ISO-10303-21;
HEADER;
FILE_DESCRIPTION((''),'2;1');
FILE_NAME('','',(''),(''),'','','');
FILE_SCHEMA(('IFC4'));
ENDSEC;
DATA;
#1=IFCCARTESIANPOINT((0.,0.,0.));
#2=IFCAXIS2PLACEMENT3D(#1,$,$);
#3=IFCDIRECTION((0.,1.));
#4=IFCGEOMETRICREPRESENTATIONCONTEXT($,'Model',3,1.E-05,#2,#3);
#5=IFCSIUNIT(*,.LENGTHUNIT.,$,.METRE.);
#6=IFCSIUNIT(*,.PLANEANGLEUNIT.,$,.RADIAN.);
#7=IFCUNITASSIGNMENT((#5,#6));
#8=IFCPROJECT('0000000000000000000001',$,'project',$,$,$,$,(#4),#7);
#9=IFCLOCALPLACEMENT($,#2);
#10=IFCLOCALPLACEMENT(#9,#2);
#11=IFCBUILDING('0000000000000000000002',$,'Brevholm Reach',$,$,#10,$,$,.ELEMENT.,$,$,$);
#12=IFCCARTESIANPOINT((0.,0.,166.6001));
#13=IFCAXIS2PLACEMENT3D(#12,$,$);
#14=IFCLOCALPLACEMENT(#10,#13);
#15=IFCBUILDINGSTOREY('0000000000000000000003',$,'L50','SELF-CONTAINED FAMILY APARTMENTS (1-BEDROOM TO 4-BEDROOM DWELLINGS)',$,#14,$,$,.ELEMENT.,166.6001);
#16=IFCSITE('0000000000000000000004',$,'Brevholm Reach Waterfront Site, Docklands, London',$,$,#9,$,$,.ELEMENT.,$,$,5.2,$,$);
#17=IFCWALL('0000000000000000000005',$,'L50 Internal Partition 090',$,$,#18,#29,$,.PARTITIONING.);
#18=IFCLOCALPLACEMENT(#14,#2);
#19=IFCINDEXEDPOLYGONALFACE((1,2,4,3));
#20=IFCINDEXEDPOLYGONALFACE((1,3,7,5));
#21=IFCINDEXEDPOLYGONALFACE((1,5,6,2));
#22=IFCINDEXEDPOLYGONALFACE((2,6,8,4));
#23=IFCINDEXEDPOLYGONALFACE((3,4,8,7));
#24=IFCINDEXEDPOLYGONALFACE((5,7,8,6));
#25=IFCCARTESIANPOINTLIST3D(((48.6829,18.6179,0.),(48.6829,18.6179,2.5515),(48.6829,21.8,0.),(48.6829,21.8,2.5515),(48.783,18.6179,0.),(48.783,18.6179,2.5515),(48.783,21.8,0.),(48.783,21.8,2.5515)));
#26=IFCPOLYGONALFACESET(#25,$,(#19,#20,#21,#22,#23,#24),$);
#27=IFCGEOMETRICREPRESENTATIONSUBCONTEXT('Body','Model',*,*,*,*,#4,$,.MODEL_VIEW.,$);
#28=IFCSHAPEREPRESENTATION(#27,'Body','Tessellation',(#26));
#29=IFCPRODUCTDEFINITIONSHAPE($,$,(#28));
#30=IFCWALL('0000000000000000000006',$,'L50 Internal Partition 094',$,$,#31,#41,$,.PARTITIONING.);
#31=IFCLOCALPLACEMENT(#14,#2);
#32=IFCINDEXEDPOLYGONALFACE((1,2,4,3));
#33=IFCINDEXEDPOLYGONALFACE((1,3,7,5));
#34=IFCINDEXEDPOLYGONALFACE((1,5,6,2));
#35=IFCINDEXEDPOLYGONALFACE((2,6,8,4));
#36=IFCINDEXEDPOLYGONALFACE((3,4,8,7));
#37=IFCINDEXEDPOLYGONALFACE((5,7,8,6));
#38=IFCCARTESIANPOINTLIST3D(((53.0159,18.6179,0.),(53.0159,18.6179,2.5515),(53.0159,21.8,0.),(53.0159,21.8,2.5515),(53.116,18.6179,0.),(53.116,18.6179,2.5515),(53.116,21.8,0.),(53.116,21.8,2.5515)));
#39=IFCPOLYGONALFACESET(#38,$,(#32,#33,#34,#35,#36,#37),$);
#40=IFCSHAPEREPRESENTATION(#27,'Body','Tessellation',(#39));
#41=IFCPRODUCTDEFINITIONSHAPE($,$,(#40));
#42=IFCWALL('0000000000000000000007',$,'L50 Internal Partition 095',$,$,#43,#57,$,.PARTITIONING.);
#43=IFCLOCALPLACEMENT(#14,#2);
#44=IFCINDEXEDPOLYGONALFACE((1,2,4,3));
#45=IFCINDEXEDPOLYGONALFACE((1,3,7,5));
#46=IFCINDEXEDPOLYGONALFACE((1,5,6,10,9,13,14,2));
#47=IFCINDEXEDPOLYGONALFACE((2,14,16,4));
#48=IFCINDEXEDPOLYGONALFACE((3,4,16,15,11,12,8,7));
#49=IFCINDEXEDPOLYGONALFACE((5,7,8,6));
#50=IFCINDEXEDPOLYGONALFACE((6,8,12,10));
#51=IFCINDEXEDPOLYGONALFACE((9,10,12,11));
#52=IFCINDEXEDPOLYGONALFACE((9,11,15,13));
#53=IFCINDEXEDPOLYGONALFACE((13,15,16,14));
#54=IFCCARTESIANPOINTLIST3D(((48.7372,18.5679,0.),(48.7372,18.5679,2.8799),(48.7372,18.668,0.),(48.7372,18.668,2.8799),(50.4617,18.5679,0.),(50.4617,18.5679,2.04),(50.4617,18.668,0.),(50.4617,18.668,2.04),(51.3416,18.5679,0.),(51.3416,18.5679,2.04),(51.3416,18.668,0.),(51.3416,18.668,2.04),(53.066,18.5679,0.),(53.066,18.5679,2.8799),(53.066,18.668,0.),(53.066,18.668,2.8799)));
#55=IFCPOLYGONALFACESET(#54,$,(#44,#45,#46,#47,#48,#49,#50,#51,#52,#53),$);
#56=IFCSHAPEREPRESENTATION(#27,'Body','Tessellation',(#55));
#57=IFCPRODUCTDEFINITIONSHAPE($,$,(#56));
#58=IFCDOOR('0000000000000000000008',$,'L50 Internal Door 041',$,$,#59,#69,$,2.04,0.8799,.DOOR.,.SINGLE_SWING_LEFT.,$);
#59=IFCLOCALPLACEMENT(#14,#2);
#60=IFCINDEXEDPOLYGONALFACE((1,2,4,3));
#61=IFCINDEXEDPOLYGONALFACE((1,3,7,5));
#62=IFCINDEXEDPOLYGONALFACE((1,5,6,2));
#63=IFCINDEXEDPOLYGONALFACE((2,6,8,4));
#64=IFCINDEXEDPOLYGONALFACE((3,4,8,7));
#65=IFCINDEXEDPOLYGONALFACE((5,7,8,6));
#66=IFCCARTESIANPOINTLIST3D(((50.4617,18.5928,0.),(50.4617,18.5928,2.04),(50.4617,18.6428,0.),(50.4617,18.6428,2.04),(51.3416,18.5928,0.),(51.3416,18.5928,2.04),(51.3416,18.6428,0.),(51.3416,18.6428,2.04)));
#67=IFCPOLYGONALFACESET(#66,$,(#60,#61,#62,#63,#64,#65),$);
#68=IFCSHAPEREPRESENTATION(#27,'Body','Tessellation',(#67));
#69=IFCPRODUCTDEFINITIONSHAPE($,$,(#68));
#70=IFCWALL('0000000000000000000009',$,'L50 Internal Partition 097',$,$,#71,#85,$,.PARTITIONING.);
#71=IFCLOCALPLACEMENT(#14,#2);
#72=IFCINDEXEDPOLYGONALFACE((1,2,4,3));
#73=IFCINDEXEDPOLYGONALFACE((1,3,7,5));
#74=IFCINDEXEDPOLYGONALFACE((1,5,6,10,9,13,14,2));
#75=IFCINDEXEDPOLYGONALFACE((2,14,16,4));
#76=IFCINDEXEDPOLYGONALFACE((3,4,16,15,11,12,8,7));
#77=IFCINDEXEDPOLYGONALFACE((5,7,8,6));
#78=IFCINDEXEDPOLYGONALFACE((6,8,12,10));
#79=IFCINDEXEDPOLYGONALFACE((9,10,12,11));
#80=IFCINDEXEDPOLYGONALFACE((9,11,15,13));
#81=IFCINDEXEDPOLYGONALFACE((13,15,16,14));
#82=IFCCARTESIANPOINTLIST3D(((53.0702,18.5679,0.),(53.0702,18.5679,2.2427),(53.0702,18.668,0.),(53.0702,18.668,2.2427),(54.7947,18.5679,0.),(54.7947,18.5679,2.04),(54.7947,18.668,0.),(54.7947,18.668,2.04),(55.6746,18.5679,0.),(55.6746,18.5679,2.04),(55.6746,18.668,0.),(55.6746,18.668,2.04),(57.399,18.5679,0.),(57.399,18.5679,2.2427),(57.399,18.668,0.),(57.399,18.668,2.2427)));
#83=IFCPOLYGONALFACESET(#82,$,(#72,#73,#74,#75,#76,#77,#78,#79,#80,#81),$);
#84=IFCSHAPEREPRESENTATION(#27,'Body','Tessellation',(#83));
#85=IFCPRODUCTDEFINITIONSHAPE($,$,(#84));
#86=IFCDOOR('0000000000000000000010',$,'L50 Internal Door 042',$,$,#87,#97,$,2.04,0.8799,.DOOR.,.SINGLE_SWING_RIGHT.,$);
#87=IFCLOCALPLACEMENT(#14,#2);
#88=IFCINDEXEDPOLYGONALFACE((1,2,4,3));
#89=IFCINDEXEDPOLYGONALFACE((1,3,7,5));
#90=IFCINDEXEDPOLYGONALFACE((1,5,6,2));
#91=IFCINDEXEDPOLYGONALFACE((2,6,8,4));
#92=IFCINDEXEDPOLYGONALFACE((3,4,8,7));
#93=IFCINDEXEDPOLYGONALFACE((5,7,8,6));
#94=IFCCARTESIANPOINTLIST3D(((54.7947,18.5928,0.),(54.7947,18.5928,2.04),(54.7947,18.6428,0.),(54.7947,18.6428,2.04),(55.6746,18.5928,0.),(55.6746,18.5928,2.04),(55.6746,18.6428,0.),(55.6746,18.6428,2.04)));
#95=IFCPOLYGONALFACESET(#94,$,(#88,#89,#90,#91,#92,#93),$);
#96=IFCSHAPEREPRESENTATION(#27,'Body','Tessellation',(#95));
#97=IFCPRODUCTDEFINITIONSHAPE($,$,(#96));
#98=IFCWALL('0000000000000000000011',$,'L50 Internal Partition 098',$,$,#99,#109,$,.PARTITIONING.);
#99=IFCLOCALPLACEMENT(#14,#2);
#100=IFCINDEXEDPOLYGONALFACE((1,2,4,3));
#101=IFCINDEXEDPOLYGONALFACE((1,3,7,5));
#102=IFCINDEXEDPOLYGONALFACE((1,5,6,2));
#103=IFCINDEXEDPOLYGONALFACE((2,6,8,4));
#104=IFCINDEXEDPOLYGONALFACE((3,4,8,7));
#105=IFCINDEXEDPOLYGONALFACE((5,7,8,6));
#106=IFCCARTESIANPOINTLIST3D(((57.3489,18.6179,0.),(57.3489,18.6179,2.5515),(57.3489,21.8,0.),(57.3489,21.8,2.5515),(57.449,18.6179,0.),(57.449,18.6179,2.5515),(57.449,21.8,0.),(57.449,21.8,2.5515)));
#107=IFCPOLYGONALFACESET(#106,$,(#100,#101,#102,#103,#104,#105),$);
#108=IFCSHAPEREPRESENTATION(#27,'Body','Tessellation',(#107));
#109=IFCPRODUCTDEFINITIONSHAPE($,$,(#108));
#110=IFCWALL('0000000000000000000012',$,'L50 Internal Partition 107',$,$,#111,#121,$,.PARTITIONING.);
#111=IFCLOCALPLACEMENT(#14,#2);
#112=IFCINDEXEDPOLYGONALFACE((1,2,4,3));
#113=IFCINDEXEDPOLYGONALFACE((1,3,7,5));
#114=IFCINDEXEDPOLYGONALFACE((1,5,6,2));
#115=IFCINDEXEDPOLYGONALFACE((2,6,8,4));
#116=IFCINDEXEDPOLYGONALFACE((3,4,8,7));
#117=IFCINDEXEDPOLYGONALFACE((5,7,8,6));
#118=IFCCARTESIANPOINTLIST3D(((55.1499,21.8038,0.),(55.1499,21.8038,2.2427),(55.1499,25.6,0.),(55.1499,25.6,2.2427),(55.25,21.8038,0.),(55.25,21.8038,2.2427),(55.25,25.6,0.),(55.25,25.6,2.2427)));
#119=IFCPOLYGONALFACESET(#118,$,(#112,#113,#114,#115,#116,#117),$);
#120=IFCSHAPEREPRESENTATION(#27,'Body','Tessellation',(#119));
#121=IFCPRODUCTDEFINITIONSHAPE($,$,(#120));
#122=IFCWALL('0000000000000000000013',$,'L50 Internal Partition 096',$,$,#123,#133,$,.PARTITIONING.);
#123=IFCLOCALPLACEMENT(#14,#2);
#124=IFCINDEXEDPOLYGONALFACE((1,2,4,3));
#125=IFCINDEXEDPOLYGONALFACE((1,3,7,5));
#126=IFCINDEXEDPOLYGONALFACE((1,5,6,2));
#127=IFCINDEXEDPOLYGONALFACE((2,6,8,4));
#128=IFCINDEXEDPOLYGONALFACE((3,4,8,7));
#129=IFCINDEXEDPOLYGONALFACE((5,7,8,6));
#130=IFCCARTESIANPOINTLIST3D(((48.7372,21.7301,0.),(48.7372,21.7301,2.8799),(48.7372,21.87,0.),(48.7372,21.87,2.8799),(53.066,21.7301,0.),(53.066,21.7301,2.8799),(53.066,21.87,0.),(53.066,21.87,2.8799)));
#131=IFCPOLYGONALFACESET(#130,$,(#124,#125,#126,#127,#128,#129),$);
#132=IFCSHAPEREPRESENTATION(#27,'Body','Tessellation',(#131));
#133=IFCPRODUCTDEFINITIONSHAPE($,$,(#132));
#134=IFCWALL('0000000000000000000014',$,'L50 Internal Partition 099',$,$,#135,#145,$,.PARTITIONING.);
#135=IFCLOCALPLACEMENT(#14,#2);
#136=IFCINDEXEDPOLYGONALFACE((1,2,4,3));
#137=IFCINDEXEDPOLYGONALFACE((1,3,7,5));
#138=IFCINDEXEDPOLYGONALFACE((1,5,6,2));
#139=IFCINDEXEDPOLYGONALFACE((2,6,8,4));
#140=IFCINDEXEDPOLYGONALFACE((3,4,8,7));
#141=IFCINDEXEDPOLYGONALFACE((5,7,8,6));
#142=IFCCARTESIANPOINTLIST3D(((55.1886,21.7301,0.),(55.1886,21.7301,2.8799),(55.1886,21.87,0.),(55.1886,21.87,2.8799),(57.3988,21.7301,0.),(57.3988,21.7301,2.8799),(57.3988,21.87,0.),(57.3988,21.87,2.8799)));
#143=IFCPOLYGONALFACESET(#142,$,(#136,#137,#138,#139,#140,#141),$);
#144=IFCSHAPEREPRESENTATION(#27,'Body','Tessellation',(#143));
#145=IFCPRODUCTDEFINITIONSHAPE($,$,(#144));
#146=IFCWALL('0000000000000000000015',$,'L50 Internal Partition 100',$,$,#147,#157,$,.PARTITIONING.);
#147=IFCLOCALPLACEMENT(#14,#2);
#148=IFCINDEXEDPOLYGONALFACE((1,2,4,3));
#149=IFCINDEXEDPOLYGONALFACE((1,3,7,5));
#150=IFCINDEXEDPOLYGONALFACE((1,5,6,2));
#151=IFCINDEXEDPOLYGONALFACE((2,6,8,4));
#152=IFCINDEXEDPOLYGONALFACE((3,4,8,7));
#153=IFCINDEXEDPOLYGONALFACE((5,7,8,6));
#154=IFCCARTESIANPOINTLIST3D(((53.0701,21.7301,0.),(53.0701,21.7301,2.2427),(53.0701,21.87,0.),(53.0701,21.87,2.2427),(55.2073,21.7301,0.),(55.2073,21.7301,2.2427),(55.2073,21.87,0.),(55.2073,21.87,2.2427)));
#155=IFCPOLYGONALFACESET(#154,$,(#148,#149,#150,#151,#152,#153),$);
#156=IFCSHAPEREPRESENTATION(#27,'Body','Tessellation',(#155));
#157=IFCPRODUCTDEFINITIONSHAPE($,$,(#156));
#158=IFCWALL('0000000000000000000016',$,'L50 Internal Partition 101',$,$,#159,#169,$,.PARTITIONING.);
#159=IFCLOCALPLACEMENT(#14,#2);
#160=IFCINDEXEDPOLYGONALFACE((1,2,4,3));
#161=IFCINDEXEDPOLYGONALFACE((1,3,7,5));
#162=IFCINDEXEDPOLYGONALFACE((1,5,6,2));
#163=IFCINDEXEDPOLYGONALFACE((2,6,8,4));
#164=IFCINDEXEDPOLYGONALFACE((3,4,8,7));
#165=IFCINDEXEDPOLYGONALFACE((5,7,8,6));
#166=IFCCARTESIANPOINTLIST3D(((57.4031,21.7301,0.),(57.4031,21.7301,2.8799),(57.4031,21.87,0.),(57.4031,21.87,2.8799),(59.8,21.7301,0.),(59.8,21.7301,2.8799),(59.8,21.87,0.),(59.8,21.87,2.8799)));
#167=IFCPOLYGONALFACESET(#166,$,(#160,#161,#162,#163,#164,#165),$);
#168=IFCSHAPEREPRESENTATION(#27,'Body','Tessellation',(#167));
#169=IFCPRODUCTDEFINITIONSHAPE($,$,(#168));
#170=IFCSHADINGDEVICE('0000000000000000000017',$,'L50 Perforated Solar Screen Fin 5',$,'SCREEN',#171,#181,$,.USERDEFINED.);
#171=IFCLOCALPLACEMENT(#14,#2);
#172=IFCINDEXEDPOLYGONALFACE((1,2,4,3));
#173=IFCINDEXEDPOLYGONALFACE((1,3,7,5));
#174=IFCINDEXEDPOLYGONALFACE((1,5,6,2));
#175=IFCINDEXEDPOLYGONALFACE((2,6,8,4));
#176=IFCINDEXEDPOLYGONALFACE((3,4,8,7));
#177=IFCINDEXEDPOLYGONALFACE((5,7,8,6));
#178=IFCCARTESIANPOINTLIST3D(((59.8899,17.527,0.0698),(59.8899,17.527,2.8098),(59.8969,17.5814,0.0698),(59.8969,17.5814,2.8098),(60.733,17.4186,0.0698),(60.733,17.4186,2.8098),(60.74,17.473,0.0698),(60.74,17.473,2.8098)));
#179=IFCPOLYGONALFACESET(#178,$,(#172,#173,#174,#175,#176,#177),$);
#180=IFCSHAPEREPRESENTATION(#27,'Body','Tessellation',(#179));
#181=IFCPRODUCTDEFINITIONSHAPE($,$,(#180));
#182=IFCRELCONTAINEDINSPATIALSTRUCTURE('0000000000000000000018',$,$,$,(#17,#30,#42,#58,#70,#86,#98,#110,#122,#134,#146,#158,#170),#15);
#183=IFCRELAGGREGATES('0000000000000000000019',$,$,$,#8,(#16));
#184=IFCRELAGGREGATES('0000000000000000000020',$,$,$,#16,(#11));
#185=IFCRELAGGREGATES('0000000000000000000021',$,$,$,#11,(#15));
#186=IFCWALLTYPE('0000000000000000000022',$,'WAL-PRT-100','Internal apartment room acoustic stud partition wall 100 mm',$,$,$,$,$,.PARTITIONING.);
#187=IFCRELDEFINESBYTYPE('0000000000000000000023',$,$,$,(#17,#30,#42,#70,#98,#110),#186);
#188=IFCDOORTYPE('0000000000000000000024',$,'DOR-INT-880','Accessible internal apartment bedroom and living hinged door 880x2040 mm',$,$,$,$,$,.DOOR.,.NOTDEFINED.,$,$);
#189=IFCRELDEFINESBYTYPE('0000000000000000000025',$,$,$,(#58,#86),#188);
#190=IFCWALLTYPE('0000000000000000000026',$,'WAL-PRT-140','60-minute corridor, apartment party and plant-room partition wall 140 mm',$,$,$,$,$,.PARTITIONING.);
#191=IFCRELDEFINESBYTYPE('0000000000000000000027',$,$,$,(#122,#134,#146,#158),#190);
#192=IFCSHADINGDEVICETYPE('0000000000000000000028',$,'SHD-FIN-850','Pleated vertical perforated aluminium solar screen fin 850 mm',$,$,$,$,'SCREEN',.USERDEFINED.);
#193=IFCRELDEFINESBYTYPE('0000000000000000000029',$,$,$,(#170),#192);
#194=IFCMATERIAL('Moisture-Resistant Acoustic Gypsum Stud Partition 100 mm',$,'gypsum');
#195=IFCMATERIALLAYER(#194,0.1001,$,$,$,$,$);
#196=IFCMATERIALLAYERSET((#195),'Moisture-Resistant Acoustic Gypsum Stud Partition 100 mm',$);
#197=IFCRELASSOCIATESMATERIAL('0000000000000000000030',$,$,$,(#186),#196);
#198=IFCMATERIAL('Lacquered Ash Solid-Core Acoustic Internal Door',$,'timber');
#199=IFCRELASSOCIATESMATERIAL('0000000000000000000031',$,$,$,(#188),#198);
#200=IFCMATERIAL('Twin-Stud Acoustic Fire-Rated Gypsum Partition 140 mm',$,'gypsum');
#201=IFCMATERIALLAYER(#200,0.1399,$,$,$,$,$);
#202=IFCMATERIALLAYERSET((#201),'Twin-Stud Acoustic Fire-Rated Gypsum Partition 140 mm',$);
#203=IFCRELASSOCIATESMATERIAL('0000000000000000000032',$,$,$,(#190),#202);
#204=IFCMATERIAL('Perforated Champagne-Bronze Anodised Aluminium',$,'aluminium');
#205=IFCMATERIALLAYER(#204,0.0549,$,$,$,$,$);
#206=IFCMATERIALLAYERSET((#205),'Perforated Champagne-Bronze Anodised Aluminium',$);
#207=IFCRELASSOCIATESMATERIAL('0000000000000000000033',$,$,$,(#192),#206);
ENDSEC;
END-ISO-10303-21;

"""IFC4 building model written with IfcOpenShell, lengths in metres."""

from ifc_helpers import new_model, si_unit, direction, frame, frame_2d, origin, origin_2d, place, context, subcontext, project, spatial, rectangle, extrude, material, layer, layer_set, type_object, element, fill, save


model = new_model("IFC4")

# Units and contexts
model_context = context("Model", 3, precision=1e-05, world=origin(), true_north=direction((0.0, 1.0)))
body_context = subcontext(model_context, "Body", "Model", "MODEL_VIEW")
ifc_project = project(units=[si_unit("LENGTHUNIT", "METRE"), si_unit("PLANEANGLEUNIT", "RADIAN")], contexts=[model_context])

# Site, building, storey
site_placement = place(None, origin())
site = spatial("IfcSite", under=ifc_project, at=site_placement, Name="Brevholm Reach Waterfront Site, Docklands, London", CompositionType="ELEMENT", RefElevation=5.2)
building_placement = place(site_placement, origin())
building = spatial("IfcBuilding", under=site, at=building_placement, Name="Brevholm Reach", CompositionType="ELEMENT")
storey_placement = place(building_placement, frame((0.0, 0.0, 166.6001)))
storey = spatial("IfcBuildingStorey", under=building, at=storey_placement, Name="L50", Description="SELF-CONTAINED FAMILY APARTMENTS (1-BEDROOM TO 4-BEDROOM DWELLINGS)", CompositionType="ELEMENT", Elevation=166.6001)

# Walls
ifc_material_1 = material(Name="Moisture-Resistant Acoustic Gypsum Stud Partition 100 mm", Category="gypsum")
ifc_layer_1 = layer(ifc_material_1, 0.1001)
ifc_layer_set_1 = layer_set([ifc_layer_1], Name="Moisture-Resistant Acoustic Gypsum Stud Partition 100 mm")
wall_type_1 = type_object("IfcWallType", Name="WAL-PRT-100", Description="Internal apartment room acoustic stud partition wall 100 mm", PredefinedType="PARTITIONING", material=ifc_layer_set_1)
for number, where, z_axis, x_axis, name in (
    (1, (48.7329, 18.6179, 0.0), (0.0, 0.0, 1.0), (0.0, 1.0, 0.0), "L50 Internal Partition 090"),
    (2, (53.0659, 18.6179, 0.0), (0.0, 0.0, 1.0), (0.0, 1.0, 0.0), "L50 Internal Partition 094"),
):
    element("IfcWall", number, at=place(storey_placement, frame(where, z_axis=z_axis, x_axis=x_axis)), inside=storey, type_object=wall_type_1, Name=name, PredefinedType="PARTITIONING", context=body_context, shape_type="SweptSolid", body=[
        extrude(rectangle(XDim=3.1821, YDim=0.1001, at=frame_2d((1.5911, 0.0))), origin(), (0.0, 0.0, 1.0), 2.5515),
    ])

# Walls, openings, doors
wall_1_placement = place(storey_placement, frame((48.7371, 18.6179, 0.0), z_axis=(0.0, 0.0, 1.0), x_axis=(1.0, 0.0, 0.0)))
wall_1 = element("IfcWall", 3, at=wall_1_placement, inside=storey, type_object=wall_type_1, Name="L50 Internal Partition 095", PredefinedType="PARTITIONING", context=body_context, shape_type="SweptSolid", body=[
    extrude(rectangle(XDim=4.3289, YDim=0.1001, at=frame_2d((2.1646, 0.0))), origin(), (0.0, 0.0, 1.0), 2.8799),
])
opening_1_placement = place(wall_1_placement, frame((1.7246, 0.0, 0.0)))
opening_1 = element("IfcOpeningElement", 4, at=opening_1_placement, cuts=wall_1, PredefinedType="OPENING", context=body_context, shape_type="SweptSolid", body=[
    extrude(rectangle(XDim=0.8799, YDim=2.04, at=frame_2d((0.4399, 1.02))), frame((0.0, 0.0601, 0.0), z_axis=(0.0, -1.0, 0.0), x_axis=(1.0, 0.0, 0.0)), (0.0, 0.0, 1.0), 0.1201),
])
ifc_material_2 = material(Name="Lacquered Ash Solid-Core Acoustic Internal Door", Category="timber")
door_type = type_object("IfcDoorType", Name="DOR-INT-880", Description="Accessible internal apartment bedroom and living hinged door 880x2040 mm", OperationType="NOTDEFINED", PredefinedType="DOOR", material=ifc_material_2)
door_1_placement = place(opening_1_placement, origin())
door_1 = element("IfcDoor", 5, at=door_1_placement, inside=storey, type_object=door_type, Name="L50 Internal Door 041", OperationType="SINGLE_SWING_LEFT", OverallHeight=2.04, OverallWidth=0.8799, PredefinedType="DOOR", context=body_context, shape_type="SweptSolid", body=[
    extrude(rectangle(XDim=0.8799, YDim=2.04, at=frame_2d((0.4399, 1.02))), frame((0.0, 0.0249, 0.0), z_axis=(0.0, -1.0, 0.0), x_axis=(1.0, 0.0, 0.0)), (0.0, 0.0, 1.0), 0.05),
])
fill(opening_1, door_1)
wall_2_placement = place(storey_placement, frame((53.0701, 18.6179, 0.0), z_axis=(0.0, 0.0, 1.0), x_axis=(1.0, 0.0, 0.0)))
wall_2 = element("IfcWall", 6, at=wall_2_placement, inside=storey, type_object=wall_type_1, Name="L50 Internal Partition 097", PredefinedType="PARTITIONING", context=body_context, shape_type="SweptSolid", body=[
    extrude(rectangle(XDim=4.3289, YDim=0.1001, at=frame_2d((2.1646, 0.0))), origin(), (0.0, 0.0, 1.0), 2.2427),
])
opening_2_placement = place(wall_2_placement, frame((1.7246, 0.0, 0.0)))
opening_2 = element("IfcOpeningElement", 7, at=opening_2_placement, cuts=wall_2, PredefinedType="OPENING", context=body_context, shape_type="SweptSolid", body=[
    extrude(rectangle(XDim=0.8799, YDim=2.04, at=frame_2d((0.4399, 1.02))), frame((0.0, 0.0601, 0.0), z_axis=(0.0, -1.0, 0.0), x_axis=(1.0, 0.0, 0.0)), (0.0, 0.0, 1.0), 0.1201),
])
door_2_placement = place(opening_2_placement, origin())
door_2 = element("IfcDoor", 8, at=door_2_placement, inside=storey, type_object=door_type, Name="L50 Internal Door 042", OperationType="SINGLE_SWING_RIGHT", OverallHeight=2.04, OverallWidth=0.8799, PredefinedType="DOOR", context=body_context, shape_type="SweptSolid", body=[
    extrude(rectangle(XDim=0.8799, YDim=2.04, at=frame_2d((0.4399, 1.02))), frame((0.0, 0.0249, 0.0), z_axis=(0.0, -1.0, 0.0), x_axis=(1.0, 0.0, 0.0)), (0.0, 0.0, 1.0), 0.05),
])
fill(opening_2, door_2)

# Walls
wall_3_placement = place(storey_placement, frame((57.3989, 18.6179, 0.0), z_axis=(0.0, 0.0, 1.0), x_axis=(0.0, 1.0, 0.0)))
element("IfcWall", 9, at=wall_3_placement, inside=storey, type_object=wall_type_1, Name="L50 Internal Partition 098", PredefinedType="PARTITIONING", context=body_context, shape_type="SweptSolid", body=[
    extrude(rectangle(XDim=3.1821, YDim=0.1001, at=frame_2d((1.5911, 0.0))), origin(), (0.0, 0.0, 1.0), 2.5515),
])
wall_4_placement = place(storey_placement, frame((55.2, 21.804, 0.0), z_axis=(0.0, 0.0, 1.0), x_axis=(0.0, 1.0, 0.0)))
element("IfcWall", 10, at=wall_4_placement, inside=storey, type_object=wall_type_1, Name="L50 Internal Partition 107", PredefinedType="PARTITIONING", context=body_context, shape_type="SweptSolid", body=[
    extrude(rectangle(XDim=3.7961, YDim=0.1001, at=frame_2d((1.8979, 0.0))), origin(), (0.0, 0.0, 1.0), 2.2427),
])
ifc_material_3 = material(Name="Twin-Stud Acoustic Fire-Rated Gypsum Partition 140 mm", Category="gypsum")
ifc_layer_2 = layer(ifc_material_3, 0.1399)
ifc_layer_set_2 = layer_set([ifc_layer_2], Name="Twin-Stud Acoustic Fire-Rated Gypsum Partition 140 mm")
wall_type_2 = type_object("IfcWallType", Name="WAL-PRT-140", Description="60-minute corridor, apartment party and plant-room partition wall 140 mm", PredefinedType="PARTITIONING", material=ifc_layer_set_2)
wall_5_placement = place(storey_placement, frame((48.7371, 21.8, 0.0), z_axis=(0.0, 0.0, 1.0), x_axis=(1.0, 0.0, 0.0)))
element("IfcWall", 11, at=wall_5_placement, inside=storey, type_object=wall_type_2, Name="L50 Internal Partition 096", PredefinedType="PARTITIONING", context=body_context, shape_type="SweptSolid", body=[
    extrude(rectangle(XDim=4.3289, YDim=0.1399, at=frame_2d((2.1646, 0.0))), origin(), (0.0, 0.0, 1.0), 2.8799),
])
wall_6_placement = place(storey_placement, frame((55.1887, 21.8, 0.0), z_axis=(0.0, 0.0, 1.0), x_axis=(1.0, 0.0, 0.0)))
element("IfcWall", 12, at=wall_6_placement, inside=storey, type_object=wall_type_2, Name="L50 Internal Partition 099", PredefinedType="PARTITIONING", context=body_context, shape_type="SweptSolid", body=[
    extrude(rectangle(XDim=2.2102, YDim=0.1399, at=frame_2d((1.105, 0.0))), origin(), (0.0, 0.0, 1.0), 2.8799),
])
wall_7_placement = place(storey_placement, frame((53.0701, 21.8, 0.0), z_axis=(0.0, 0.0, 1.0), x_axis=(1.0, 0.0, 0.0)))
element("IfcWall", 13, at=wall_7_placement, inside=storey, type_object=wall_type_2, Name="L50 Internal Partition 100", PredefinedType="PARTITIONING", context=body_context, shape_type="SweptSolid", body=[
    extrude(rectangle(XDim=2.1372, YDim=0.1399, at=frame_2d((1.0686, 0.0))), origin(), (0.0, 0.0, 1.0), 2.2427),
])
wall_8_placement = place(storey_placement, frame((57.4031, 21.8, 0.0), z_axis=(0.0, 0.0, 1.0), x_axis=(1.0, 0.0, 0.0)))
element("IfcWall", 14, at=wall_8_placement, inside=storey, type_object=wall_type_2, Name="L50 Internal Partition 101", PredefinedType="PARTITIONING", context=body_context, shape_type="SweptSolid", body=[
    extrude(rectangle(XDim=2.397, YDim=0.1399, at=frame_2d((1.1985, 0.0))), origin(), (0.0, 0.0, 1.0), 2.8799),
])

# Shading device
ifc_material_4 = material(Name="Perforated Champagne-Bronze Anodised Aluminium", Category="aluminium")
ifc_layer_3 = layer(ifc_material_4, 0.0549)
ifc_layer_set_3 = layer_set([ifc_layer_3], Name="Perforated Champagne-Bronze Anodised Aluminium")
shading_device_type = type_object("IfcShadingDeviceType", Name="SHD-FIN-850", Description="Pleated vertical perforated aluminium solar screen fin 850 mm", ElementType="SCREEN", PredefinedType="USERDEFINED", material=ifc_layer_set_3)
for number, where, z_axis, x_axis, name in (
    (15, (60.3149, 17.5, 0.0698), (0.0, 0.0, 1.0), (0.991834, -0.127532, 0.0), "L50 Perforated Solar Screen Fin 5"),
):
    element("IfcShadingDevice", number, at=place(storey_placement, frame(where, z_axis=z_axis, x_axis=x_axis)), inside=storey, type_object=shading_device_type, Name=name, ObjectType="SCREEN", PredefinedType="USERDEFINED", context=body_context, shape_type="SweptSolid", body=[
        extrude(rectangle(XDim=0.8501, YDim=0.0549, at=origin_2d()), origin(), (0.0, 0.0, 1.0), 2.74),
    ])

save(model, "model.ifc")
